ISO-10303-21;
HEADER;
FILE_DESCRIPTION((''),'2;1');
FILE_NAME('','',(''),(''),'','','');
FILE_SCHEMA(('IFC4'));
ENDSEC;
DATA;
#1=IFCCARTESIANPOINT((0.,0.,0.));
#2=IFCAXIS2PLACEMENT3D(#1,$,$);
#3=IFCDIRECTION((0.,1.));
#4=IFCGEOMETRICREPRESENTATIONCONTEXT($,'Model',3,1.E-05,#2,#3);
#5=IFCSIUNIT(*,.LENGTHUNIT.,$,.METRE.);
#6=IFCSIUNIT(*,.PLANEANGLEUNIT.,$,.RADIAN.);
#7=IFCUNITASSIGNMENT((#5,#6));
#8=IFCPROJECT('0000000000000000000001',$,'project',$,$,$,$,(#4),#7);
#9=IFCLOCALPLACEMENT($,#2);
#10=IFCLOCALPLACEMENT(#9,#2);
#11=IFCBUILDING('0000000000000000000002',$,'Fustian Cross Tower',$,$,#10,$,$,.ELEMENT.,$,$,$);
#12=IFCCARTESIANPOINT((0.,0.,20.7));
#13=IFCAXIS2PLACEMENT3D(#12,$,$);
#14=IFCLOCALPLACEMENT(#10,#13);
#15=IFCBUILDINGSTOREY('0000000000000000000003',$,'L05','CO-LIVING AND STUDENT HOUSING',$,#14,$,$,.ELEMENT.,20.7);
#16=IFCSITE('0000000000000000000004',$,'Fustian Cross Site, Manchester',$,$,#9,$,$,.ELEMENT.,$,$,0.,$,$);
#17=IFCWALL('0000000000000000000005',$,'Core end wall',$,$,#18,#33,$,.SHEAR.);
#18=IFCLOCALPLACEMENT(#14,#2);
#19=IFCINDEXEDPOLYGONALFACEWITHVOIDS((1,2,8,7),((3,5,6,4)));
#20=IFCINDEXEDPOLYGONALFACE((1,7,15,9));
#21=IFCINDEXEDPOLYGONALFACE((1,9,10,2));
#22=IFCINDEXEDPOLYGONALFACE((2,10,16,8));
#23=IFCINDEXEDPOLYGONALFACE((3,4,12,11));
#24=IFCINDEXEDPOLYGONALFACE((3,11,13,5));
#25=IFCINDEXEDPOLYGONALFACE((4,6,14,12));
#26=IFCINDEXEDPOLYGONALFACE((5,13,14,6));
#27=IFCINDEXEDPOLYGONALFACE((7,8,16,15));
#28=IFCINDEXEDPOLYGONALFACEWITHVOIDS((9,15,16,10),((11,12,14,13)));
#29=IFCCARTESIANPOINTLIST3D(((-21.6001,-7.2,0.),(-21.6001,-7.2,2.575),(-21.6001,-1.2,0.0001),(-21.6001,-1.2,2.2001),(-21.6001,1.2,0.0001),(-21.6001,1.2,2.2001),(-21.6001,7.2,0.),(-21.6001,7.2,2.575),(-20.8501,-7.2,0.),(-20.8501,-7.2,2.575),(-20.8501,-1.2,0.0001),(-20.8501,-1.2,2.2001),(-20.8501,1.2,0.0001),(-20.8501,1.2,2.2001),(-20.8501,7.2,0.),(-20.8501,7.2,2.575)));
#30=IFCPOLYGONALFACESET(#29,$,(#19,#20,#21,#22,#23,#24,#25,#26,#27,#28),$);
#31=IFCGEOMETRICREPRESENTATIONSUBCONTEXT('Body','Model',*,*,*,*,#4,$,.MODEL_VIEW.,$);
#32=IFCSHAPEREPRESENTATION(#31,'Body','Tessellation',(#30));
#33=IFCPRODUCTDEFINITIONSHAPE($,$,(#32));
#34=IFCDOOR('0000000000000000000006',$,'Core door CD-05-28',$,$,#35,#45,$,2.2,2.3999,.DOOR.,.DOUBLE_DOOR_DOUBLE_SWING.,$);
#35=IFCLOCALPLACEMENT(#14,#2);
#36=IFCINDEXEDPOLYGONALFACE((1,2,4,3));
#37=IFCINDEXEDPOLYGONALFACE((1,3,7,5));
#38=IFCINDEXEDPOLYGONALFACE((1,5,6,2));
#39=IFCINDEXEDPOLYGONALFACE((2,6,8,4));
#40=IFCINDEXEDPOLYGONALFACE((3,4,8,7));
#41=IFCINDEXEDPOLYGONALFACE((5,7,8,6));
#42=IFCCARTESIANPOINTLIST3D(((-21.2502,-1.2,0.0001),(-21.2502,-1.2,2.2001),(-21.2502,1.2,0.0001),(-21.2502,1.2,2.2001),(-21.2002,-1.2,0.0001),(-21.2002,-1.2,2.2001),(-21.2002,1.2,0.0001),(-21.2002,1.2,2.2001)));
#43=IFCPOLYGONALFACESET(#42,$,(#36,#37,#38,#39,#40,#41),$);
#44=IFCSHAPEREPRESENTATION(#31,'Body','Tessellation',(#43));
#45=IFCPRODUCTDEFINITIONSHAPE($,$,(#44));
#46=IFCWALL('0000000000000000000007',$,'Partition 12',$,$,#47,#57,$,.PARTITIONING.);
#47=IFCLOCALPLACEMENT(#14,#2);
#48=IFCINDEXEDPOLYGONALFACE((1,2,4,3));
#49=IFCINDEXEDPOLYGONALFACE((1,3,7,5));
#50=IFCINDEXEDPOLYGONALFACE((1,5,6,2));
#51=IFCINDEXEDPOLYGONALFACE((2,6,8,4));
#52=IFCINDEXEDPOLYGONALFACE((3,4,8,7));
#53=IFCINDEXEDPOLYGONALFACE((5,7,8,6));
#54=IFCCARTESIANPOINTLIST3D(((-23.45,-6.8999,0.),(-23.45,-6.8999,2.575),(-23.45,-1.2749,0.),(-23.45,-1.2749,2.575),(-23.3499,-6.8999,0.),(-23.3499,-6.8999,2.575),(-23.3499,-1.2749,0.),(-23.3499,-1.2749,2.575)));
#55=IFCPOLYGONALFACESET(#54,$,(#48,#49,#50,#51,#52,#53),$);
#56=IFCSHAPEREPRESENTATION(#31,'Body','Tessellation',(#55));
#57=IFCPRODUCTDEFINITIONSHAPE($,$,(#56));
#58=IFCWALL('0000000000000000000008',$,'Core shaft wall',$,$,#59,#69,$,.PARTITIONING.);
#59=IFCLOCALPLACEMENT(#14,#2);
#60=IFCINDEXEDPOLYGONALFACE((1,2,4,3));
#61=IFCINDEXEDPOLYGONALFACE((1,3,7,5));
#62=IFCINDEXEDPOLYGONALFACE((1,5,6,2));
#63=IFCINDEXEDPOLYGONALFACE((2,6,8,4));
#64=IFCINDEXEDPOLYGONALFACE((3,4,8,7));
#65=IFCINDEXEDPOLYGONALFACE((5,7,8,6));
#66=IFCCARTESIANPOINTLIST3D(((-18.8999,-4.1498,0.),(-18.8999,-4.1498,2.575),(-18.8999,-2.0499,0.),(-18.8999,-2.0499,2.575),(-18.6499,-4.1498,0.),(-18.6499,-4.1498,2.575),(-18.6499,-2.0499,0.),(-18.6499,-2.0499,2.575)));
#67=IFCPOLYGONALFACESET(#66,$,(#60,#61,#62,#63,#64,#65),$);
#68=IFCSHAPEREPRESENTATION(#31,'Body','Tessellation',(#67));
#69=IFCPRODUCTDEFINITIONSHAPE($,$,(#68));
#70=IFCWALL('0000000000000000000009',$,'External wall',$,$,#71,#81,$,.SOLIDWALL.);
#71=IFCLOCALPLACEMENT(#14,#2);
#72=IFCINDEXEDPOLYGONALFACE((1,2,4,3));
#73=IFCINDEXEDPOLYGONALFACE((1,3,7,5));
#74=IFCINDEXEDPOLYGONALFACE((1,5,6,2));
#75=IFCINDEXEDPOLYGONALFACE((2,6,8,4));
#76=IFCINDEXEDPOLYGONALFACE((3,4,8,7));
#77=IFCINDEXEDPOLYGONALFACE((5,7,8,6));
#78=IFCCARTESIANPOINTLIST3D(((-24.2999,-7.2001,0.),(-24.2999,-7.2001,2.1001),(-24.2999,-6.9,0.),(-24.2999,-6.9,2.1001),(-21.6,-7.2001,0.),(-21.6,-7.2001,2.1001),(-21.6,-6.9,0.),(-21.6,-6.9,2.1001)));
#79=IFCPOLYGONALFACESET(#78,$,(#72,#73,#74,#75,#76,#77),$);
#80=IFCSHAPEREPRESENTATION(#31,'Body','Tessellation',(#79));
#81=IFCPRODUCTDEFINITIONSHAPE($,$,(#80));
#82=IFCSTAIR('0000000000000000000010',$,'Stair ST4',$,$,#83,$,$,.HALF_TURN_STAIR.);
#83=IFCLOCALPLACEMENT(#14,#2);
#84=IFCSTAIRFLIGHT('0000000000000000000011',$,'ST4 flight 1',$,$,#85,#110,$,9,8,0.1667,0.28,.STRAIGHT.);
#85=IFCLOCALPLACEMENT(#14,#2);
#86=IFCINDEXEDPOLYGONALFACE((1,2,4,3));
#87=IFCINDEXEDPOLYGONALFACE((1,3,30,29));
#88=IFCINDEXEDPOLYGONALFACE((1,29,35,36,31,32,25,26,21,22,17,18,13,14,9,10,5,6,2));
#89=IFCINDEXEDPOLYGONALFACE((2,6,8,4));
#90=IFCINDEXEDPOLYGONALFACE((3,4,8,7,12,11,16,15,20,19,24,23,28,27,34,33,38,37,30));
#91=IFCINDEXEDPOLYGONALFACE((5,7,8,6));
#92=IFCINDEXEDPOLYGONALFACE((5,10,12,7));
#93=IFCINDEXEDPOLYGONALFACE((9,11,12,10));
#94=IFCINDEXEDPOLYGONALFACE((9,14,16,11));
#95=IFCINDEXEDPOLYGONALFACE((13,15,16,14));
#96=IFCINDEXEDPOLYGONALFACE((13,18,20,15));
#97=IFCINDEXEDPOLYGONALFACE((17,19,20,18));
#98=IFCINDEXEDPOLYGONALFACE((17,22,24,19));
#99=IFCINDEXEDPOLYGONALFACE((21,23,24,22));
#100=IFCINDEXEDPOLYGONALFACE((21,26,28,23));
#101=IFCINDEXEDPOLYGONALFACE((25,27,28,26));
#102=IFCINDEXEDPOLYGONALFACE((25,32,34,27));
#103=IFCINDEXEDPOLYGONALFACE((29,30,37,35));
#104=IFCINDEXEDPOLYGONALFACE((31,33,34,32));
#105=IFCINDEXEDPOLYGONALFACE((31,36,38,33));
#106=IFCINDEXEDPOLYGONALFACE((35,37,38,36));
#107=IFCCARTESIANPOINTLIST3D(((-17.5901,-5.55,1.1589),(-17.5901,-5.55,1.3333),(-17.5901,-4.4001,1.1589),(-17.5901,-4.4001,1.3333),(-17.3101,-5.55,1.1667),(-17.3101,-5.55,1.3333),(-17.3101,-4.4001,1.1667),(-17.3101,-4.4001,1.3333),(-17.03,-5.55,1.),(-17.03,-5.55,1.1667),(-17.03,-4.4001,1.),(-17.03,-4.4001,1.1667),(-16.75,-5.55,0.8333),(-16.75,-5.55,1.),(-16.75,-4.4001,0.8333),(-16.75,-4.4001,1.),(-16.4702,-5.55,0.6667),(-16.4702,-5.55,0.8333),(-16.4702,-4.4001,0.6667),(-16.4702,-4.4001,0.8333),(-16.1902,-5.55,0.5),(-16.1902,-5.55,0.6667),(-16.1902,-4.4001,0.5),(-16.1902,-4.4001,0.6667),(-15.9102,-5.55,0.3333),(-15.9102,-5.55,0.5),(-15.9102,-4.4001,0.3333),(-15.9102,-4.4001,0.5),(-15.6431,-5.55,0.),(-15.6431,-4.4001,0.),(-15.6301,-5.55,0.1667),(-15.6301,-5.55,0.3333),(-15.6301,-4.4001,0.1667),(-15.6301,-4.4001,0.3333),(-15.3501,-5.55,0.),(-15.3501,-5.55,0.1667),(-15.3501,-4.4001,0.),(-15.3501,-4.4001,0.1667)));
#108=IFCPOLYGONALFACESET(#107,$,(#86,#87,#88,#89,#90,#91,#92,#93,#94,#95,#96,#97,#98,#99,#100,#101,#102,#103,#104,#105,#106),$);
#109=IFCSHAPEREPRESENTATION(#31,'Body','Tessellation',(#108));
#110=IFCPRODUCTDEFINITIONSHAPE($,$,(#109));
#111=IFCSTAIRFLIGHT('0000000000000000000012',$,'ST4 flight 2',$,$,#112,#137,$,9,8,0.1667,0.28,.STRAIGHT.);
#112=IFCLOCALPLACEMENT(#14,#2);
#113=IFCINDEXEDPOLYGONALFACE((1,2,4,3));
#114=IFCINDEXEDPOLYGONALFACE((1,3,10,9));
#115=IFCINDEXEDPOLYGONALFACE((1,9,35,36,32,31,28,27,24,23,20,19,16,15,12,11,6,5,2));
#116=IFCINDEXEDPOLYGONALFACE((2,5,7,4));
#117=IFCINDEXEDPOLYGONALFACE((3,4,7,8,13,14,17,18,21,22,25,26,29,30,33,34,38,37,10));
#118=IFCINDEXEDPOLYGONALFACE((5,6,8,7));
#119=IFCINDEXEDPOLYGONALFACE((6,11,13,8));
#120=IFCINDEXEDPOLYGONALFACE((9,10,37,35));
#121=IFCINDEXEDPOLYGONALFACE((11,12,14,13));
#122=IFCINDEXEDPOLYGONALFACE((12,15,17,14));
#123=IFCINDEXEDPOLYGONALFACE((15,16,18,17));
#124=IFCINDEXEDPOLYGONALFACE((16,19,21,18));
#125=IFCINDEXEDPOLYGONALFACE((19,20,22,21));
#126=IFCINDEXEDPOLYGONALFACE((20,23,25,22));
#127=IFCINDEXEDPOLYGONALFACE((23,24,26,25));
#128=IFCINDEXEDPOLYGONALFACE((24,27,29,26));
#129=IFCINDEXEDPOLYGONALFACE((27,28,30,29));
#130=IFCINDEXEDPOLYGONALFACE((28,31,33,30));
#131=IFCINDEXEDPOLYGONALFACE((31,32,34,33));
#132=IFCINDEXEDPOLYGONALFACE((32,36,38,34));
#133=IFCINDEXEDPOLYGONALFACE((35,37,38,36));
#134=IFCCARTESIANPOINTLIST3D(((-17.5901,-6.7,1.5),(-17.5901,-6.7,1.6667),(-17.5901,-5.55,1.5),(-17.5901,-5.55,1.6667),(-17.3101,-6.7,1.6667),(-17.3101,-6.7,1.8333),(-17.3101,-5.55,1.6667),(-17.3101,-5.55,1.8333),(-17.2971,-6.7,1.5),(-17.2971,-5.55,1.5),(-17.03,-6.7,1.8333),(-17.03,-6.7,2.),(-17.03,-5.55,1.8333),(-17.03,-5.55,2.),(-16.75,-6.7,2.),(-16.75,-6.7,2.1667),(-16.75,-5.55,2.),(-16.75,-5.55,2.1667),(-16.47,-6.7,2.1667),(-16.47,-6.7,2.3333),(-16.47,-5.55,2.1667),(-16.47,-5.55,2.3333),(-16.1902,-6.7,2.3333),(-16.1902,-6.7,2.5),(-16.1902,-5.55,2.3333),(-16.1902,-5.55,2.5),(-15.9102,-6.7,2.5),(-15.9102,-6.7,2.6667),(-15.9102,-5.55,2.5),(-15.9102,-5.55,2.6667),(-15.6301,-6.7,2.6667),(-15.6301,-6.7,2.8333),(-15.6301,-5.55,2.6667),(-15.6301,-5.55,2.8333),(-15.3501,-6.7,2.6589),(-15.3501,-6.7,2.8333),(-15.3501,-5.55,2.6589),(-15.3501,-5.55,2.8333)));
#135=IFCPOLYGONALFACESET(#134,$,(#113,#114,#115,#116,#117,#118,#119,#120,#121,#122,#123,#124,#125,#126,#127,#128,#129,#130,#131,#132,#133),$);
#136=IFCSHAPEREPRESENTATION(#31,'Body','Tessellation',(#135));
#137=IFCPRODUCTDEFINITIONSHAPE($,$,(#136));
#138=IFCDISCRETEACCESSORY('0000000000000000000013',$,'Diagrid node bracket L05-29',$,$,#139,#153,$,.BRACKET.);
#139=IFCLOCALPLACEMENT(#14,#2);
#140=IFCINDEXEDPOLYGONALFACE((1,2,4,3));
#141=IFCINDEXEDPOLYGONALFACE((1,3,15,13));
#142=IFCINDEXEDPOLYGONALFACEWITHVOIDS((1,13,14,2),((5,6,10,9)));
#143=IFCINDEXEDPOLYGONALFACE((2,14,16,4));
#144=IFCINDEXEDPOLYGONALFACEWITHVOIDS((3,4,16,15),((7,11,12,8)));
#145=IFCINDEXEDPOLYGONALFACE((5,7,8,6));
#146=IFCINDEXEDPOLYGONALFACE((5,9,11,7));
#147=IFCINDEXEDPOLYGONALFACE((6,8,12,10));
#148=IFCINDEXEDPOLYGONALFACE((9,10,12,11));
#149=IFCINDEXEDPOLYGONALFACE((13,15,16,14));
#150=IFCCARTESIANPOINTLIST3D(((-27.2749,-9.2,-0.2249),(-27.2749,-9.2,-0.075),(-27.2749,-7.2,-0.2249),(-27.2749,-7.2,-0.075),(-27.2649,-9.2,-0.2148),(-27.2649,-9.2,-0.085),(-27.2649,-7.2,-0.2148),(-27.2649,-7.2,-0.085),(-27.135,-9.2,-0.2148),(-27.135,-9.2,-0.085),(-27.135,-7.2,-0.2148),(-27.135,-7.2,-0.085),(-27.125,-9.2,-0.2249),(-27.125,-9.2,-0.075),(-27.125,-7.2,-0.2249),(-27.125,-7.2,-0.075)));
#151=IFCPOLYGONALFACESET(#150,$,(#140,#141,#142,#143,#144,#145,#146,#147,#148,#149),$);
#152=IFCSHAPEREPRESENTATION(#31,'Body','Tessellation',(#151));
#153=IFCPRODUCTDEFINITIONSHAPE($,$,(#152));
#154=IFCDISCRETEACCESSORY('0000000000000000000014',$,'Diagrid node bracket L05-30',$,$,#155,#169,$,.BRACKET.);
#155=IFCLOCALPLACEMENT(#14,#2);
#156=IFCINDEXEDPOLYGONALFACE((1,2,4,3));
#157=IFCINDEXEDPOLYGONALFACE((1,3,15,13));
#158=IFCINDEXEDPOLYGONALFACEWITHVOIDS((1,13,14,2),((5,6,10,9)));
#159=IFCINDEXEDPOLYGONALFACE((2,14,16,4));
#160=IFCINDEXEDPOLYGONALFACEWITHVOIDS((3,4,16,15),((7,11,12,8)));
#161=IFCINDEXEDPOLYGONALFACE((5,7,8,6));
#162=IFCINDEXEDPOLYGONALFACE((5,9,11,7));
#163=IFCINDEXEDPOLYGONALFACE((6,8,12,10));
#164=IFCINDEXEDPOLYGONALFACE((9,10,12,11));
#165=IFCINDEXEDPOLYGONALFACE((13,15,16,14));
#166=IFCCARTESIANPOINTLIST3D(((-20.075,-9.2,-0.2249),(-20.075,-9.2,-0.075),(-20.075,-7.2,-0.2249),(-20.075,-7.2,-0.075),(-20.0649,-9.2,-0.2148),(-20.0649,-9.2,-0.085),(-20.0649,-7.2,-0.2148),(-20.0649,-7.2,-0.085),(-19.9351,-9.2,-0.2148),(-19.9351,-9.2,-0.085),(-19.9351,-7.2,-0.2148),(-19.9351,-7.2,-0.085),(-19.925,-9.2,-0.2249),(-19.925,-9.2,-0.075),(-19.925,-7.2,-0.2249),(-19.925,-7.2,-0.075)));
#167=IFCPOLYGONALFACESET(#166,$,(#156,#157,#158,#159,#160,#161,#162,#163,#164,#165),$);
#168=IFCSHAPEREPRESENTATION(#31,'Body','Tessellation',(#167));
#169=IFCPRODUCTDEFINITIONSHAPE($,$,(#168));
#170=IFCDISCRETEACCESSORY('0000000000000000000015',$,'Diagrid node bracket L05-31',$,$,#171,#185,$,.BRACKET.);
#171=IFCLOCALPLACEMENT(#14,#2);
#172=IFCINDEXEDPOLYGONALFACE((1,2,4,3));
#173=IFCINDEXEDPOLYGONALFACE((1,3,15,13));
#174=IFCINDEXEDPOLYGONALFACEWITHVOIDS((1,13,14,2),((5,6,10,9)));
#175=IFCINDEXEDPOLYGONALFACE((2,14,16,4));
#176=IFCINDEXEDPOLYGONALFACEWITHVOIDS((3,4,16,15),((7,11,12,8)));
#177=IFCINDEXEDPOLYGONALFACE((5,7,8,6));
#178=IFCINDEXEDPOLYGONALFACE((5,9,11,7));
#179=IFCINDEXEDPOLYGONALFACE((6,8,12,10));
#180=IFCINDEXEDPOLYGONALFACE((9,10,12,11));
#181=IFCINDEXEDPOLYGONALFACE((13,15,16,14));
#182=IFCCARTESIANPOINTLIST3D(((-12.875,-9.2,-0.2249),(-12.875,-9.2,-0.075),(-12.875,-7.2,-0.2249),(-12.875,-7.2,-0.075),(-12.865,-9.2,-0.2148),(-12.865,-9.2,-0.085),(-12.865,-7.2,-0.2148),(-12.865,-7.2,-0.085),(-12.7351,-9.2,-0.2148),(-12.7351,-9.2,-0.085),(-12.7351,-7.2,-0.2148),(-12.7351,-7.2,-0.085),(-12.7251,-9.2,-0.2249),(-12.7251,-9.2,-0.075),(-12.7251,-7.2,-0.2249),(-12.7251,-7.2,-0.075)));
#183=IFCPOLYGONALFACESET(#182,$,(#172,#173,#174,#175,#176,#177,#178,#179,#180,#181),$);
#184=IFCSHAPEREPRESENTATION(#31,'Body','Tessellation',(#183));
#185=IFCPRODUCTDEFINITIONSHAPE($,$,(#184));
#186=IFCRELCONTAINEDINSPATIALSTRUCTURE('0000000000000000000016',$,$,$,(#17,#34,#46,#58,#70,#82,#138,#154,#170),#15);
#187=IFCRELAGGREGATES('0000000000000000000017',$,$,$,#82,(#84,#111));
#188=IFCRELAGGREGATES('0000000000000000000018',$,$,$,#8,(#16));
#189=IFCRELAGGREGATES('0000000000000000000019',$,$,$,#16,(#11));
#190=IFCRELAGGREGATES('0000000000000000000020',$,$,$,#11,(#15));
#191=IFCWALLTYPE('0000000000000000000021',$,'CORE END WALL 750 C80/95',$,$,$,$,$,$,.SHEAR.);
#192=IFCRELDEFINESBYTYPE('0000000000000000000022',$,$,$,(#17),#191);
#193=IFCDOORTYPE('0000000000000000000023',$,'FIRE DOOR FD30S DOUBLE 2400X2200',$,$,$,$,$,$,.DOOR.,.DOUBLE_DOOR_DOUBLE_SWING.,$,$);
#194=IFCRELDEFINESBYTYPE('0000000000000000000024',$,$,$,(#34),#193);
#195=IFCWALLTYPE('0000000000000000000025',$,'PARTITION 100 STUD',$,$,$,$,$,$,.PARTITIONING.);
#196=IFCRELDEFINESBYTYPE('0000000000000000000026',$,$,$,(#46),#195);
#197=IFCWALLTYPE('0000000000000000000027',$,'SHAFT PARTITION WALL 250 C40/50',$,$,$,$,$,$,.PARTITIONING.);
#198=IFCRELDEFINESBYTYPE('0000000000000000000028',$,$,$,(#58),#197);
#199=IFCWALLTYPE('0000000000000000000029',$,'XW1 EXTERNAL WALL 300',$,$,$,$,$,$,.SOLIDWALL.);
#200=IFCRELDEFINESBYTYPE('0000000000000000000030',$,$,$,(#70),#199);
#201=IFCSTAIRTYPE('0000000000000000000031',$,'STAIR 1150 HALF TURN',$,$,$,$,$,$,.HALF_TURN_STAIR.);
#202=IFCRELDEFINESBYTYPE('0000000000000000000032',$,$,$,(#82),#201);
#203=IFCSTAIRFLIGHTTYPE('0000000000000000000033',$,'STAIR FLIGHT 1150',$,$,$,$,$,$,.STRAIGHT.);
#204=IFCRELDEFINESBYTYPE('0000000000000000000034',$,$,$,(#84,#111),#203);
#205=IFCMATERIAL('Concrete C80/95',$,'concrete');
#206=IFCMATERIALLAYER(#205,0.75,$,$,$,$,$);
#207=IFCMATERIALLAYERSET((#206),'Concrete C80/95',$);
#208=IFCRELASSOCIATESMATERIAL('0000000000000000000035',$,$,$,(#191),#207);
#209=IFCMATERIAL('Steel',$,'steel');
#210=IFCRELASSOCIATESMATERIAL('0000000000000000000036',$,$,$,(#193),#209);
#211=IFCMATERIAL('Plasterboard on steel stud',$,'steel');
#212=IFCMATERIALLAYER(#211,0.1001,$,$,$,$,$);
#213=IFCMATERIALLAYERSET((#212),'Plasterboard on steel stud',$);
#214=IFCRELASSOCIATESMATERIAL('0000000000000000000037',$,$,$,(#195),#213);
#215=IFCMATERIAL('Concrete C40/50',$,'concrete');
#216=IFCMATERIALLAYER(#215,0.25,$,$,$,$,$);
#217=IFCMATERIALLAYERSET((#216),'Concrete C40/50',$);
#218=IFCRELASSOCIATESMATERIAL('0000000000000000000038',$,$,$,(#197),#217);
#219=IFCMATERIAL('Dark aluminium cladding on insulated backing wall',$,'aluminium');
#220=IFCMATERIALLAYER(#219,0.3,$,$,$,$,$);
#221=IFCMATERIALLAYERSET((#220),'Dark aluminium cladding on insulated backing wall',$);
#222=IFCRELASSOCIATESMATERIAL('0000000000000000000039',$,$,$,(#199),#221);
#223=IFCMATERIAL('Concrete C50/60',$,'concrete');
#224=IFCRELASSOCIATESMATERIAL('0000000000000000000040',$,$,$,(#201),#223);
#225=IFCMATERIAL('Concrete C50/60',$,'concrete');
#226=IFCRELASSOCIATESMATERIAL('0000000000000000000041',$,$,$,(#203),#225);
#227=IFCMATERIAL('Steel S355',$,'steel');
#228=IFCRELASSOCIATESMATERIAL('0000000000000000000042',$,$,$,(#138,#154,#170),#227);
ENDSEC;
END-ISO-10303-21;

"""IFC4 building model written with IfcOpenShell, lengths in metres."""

from ifc_helpers import new_model, si_unit, direction, frame, frame_2d, origin, origin_2d, place, context, subcontext, project, spatial, polyline, rectangle, hollow_rectangle, outline, extrude, material, layer, layer_set, type_object, element, fill, aggregate, save


model = new_model("IFC4")

# Units and contexts
model_context = context("Model", 3, precision=1e-05, world=origin(), true_north=direction((0.0, 1.0)))
body_context = subcontext(model_context, "Body", "Model", "MODEL_VIEW")
ifc_project = project(units=[si_unit("LENGTHUNIT", "METRE"), si_unit("PLANEANGLEUNIT", "RADIAN")], contexts=[model_context])

# Site, building, storey
site_placement = place(None, origin())
site = spatial("IfcSite", under=ifc_project, at=site_placement, Name="Fustian Cross Site, Manchester", CompositionType="ELEMENT", RefElevation=0.0)
building_placement = place(site_placement, origin())
building = spatial("IfcBuilding", under=site, at=building_placement, Name="Fustian Cross Tower", CompositionType="ELEMENT")
storey_placement = place(building_placement, frame((0.0, 0.0, 20.7)))
storey = spatial("IfcBuildingStorey", under=building, at=storey_placement, Name="L05", Description="CO-LIVING AND STUDENT HOUSING", CompositionType="ELEMENT", Elevation=20.7)

# Wall, opening, door
ifc_material_1 = material(Name="Concrete C80/95", Category="concrete")
ifc_layer_1 = layer(ifc_material_1, 0.75)
ifc_layer_set_1 = layer_set([ifc_layer_1], Name="Concrete C80/95")
wall_type_1 = type_object("IfcWallType", Name="CORE END WALL 750 C80/95", PredefinedType="SHEAR", material=ifc_layer_set_1)
wall_1_placement = place(storey_placement, frame((-21.2251, -7.2, 0.0), z_axis=(0.0, 0.0, 1.0), x_axis=(0.0, 1.0, 0.0)))
wall_1 = element("IfcWall", 1, at=wall_1_placement, inside=storey, type_object=wall_type_1, Name="Core end wall", PredefinedType="SHEAR", context=body_context, shape_type="SweptSolid", body=[
    extrude(rectangle(XDim=14.3999, YDim=0.75, at=frame_2d((7.2, 0.0))), origin(), (0.0, 0.0, 1.0), 2.575),
])
opening_placement = place(wall_1_placement, frame((6.0, 0.0, 0.0)))
opening = element("IfcOpeningElement", 2, at=opening_placement, cuts=wall_1, PredefinedType="OPENING", context=body_context, shape_type="SweptSolid", body=[
    extrude(rectangle(XDim=2.3999, YDim=2.2, at=frame_2d((1.2, 1.1001))), frame((0.0, 0.385, 0.0), z_axis=(0.0, -1.0, 0.0), x_axis=(1.0, 0.0, 0.0)), (0.0, 0.0, 1.0), 0.77),
])
ifc_material_2 = material(Name="Steel", Category="steel")
door_type = type_object("IfcDoorType", Name="FIRE DOOR FD30S DOUBLE 2400X2200", OperationType="DOUBLE_DOOR_DOUBLE_SWING", PredefinedType="DOOR", material=ifc_material_2)
door_placement = place(opening_placement, frame((2.3999, 0.0, 0.0), z_axis=(0.0, 0.0, 1.0), x_axis=(-1.0, 0.0, 0.0)))
door = element("IfcDoor", 3, at=door_placement, inside=storey, type_object=door_type, Name="Core door CD-05-28", OperationType="DOUBLE_DOOR_DOUBLE_SWING", OverallHeight=2.2, OverallWidth=2.3999, PredefinedType="DOOR", context=body_context, shape_type="SweptSolid", body=[
    extrude(rectangle(XDim=2.3999, YDim=2.2, at=frame_2d((1.2, 1.1001))), frame((0.0, 0.0249, 0.0), z_axis=(0.0, -1.0, 0.0), x_axis=(1.0, 0.0, 0.0)), (0.0, 0.0, 1.0), 0.05),
])
fill(opening, door)

# Walls
ifc_material_3 = material(Name="Plasterboard on steel stud", Category="steel")
ifc_layer_2 = layer(ifc_material_3, 0.1001)
ifc_layer_set_2 = layer_set([ifc_layer_2], Name="Plasterboard on steel stud")
wall_type_2 = type_object("IfcWallType", Name="PARTITION 100 STUD", PredefinedType="PARTITIONING", material=ifc_layer_set_2)
wall_2_placement = place(storey_placement, frame((-23.3999, -6.8999, 0.0), z_axis=(0.0, 0.0, 1.0), x_axis=(0.0, 1.0, 0.0)))
element("IfcWall", 4, at=wall_2_placement, inside=storey, type_object=wall_type_2, Name="Partition 12", PredefinedType="PARTITIONING", context=body_context, shape_type="SweptSolid", body=[
    extrude(rectangle(XDim=5.625, YDim=0.1001, at=frame_2d((2.8125, 0.0))), origin(), (0.0, 0.0, 1.0), 2.575),
])
ifc_material_4 = material(Name="Concrete C40/50", Category="concrete")
ifc_layer_3 = layer(ifc_material_4, 0.25)
ifc_layer_set_3 = layer_set([ifc_layer_3], Name="Concrete C40/50")
wall_type_3 = type_object("IfcWallType", Name="SHAFT PARTITION WALL 250 C40/50", PredefinedType="PARTITIONING", material=ifc_layer_set_3)
wall_3_placement = place(storey_placement, frame((-18.7749, -2.05, 0.0), z_axis=(0.0, 0.0, 1.0), x_axis=(0.0, -1.0, 0.0)))
element("IfcWall", 5, at=wall_3_placement, inside=storey, type_object=wall_type_3, Name="Core shaft wall", PredefinedType="PARTITIONING", context=body_context, shape_type="SweptSolid", body=[
    extrude(rectangle(XDim=2.0999, YDim=0.25, at=frame_2d((1.0498, 0.0))), origin(), (0.0, 0.0, 1.0), 2.575),
])
ifc_material_5 = material(Name="Dark aluminium cladding on insulated backing wall", Category="aluminium")
ifc_layer_4 = layer(ifc_material_5, 0.3)
ifc_layer_set_4 = layer_set([ifc_layer_4], Name="Dark aluminium cladding on insulated backing wall")
wall_type_4 = type_object("IfcWallType", Name="XW1 EXTERNAL WALL 300", PredefinedType="SOLIDWALL", material=ifc_layer_set_4)
wall_4_placement = place(storey_placement, frame((-24.3, -7.05, 0.0), z_axis=(0.0, 0.0, 1.0), x_axis=(1.0, 0.0, 0.0)))
element("IfcWall", 6, at=wall_4_placement, inside=storey, type_object=wall_type_4, Name="External wall", PredefinedType="SOLIDWALL", context=body_context, shape_type="SweptSolid", body=[
    extrude(rectangle(XDim=2.7, YDim=0.3, at=frame_2d((1.3501, 0.0))), origin(), (0.0, 0.0, 1.0), 2.1001),
])

# Stair, stair flights
ifc_material_6 = material(Name="Concrete C50/60", Category="concrete")
stair_type = type_object("IfcStairType", Name="STAIR 1150 HALF TURN", PredefinedType="HALF_TURN_STAIR", material=ifc_material_6)
stair_placement = place(storey_placement, origin())
stair = element("IfcStair", 7, at=stair_placement, inside=storey, type_object=stair_type, Name="Stair ST4", PredefinedType="HALF_TURN_STAIR")
ifc_material_7 = material(Name="Concrete C50/60", Category="concrete")
stair_flight_type = type_object("IfcStairFlightType", Name="STAIR FLIGHT 1150", PredefinedType="STRAIGHT", material=ifc_material_7)
stair_flight_1_placement = place(storey_placement, frame((-15.3501, -4.9751, 0.0), z_axis=(0.0, 0.0, 1.0), x_axis=(-1.0, 0.0, 0.0)))
stair_flight_1 = element("IfcStairFlight", 8, at=stair_flight_1_placement, type_object=stair_flight_type, Name="ST4 flight 1", NumberOfRisers=9, NumberOfTreads=8, PredefinedType="STRAIGHT", RiserHeight=0.1667, TreadLength=0.28, context=body_context, shape_type="SweptSolid", body=[
    extrude(outline(polyline([(0.0, 0.0), (0.0, 0.1667), (0.28, 0.1667), (0.28, 0.3333), (0.5601, 0.3333), (0.5601, 0.5), (0.8401, 0.5), (0.8401, 0.6667), (1.1201, 0.6667), (1.1201, 0.8333), (1.3999, 0.8333), (1.3999, 1.0), (1.6799, 1.0), (1.6799, 1.1667), (1.96, 1.1667), (1.96, 1.3333), (2.24, 1.3333), (2.24, 1.5), (2.24, 1.1589), (0.293, 0.0), (0.0, 0.0)])), frame((0.0, 0.575, 0.0), z_axis=(0.0, -1.0, 0.0), x_axis=(1.0, 0.0, 0.0)), (0.0, 0.0, 1.0), 1.1499),
])
stair_flight_2_placement = place(storey_placement, frame((-17.5901, -6.125, 1.5), z_axis=(0.0, 0.0, 1.0), x_axis=(1.0, 0.0, 0.0)))
stair_flight_2 = element("IfcStairFlight", 9, at=stair_flight_2_placement, type_object=stair_flight_type, Name="ST4 flight 2", NumberOfRisers=9, NumberOfTreads=8, PredefinedType="STRAIGHT", RiserHeight=0.1667, TreadLength=0.28, context=body_context, shape_type="SweptSolid", body=[
    extrude(outline(polyline([(0.0, 0.0), (0.0, 0.1667), (0.28, 0.1667), (0.28, 0.3333), (0.5601, 0.3333), (0.5601, 0.5), (0.8401, 0.5), (0.8401, 0.6667), (1.1201, 0.6667), (1.1201, 0.8333), (1.3999, 0.8333), (1.3999, 1.0), (1.6799, 1.0), (1.6799, 1.1667), (1.96, 1.1667), (1.96, 1.3333), (2.24, 1.3333), (2.24, 1.5), (2.24, 1.1589), (0.293, 0.0), (0.0, 0.0)])), frame((0.0, 0.575, 0.0), z_axis=(0.0, -1.0, 0.0), x_axis=(1.0, 0.0, 0.0)), (0.0, 0.0, 1.0), 1.1499),
])
aggregate(stair, [stair_flight_1, stair_flight_2])

# Discrete accessories
ifc_material_8 = material(Name="Steel S355", Category="steel")
for number, where, z_axis, x_axis, name in (
    (10, (-27.2, -9.2, -0.1499), (0.0, 1.0, 0.0), (-1.0, 0.0, 0.0), "Diagrid node bracket L05-29"),
    (11, (-20.0, -9.2, -0.1499), (0.0, 1.0, 0.0), (-1.0, 0.0, 0.0), "Diagrid node bracket L05-30"),
    (12, (-12.8, -9.2, -0.1499), (0.0, 1.0, 0.0), (-1.0, 0.0, 0.0), "Diagrid node bracket L05-31"),
):
    element("IfcDiscreteAccessory", number, at=place(storey_placement, frame(where, z_axis=z_axis, x_axis=x_axis)), inside=storey, material=ifc_material_8, Name=name, PredefinedType="BRACKET", context=body_context, shape_type="SweptSolid", body=[
        extrude(hollow_rectangle(XDim=0.1499, YDim=0.1499, WallThickness=0.01, at=origin_2d()), origin(), (0.0, 0.0, 1.0), 2.0),
    ])

save(model, "model.ifc")
